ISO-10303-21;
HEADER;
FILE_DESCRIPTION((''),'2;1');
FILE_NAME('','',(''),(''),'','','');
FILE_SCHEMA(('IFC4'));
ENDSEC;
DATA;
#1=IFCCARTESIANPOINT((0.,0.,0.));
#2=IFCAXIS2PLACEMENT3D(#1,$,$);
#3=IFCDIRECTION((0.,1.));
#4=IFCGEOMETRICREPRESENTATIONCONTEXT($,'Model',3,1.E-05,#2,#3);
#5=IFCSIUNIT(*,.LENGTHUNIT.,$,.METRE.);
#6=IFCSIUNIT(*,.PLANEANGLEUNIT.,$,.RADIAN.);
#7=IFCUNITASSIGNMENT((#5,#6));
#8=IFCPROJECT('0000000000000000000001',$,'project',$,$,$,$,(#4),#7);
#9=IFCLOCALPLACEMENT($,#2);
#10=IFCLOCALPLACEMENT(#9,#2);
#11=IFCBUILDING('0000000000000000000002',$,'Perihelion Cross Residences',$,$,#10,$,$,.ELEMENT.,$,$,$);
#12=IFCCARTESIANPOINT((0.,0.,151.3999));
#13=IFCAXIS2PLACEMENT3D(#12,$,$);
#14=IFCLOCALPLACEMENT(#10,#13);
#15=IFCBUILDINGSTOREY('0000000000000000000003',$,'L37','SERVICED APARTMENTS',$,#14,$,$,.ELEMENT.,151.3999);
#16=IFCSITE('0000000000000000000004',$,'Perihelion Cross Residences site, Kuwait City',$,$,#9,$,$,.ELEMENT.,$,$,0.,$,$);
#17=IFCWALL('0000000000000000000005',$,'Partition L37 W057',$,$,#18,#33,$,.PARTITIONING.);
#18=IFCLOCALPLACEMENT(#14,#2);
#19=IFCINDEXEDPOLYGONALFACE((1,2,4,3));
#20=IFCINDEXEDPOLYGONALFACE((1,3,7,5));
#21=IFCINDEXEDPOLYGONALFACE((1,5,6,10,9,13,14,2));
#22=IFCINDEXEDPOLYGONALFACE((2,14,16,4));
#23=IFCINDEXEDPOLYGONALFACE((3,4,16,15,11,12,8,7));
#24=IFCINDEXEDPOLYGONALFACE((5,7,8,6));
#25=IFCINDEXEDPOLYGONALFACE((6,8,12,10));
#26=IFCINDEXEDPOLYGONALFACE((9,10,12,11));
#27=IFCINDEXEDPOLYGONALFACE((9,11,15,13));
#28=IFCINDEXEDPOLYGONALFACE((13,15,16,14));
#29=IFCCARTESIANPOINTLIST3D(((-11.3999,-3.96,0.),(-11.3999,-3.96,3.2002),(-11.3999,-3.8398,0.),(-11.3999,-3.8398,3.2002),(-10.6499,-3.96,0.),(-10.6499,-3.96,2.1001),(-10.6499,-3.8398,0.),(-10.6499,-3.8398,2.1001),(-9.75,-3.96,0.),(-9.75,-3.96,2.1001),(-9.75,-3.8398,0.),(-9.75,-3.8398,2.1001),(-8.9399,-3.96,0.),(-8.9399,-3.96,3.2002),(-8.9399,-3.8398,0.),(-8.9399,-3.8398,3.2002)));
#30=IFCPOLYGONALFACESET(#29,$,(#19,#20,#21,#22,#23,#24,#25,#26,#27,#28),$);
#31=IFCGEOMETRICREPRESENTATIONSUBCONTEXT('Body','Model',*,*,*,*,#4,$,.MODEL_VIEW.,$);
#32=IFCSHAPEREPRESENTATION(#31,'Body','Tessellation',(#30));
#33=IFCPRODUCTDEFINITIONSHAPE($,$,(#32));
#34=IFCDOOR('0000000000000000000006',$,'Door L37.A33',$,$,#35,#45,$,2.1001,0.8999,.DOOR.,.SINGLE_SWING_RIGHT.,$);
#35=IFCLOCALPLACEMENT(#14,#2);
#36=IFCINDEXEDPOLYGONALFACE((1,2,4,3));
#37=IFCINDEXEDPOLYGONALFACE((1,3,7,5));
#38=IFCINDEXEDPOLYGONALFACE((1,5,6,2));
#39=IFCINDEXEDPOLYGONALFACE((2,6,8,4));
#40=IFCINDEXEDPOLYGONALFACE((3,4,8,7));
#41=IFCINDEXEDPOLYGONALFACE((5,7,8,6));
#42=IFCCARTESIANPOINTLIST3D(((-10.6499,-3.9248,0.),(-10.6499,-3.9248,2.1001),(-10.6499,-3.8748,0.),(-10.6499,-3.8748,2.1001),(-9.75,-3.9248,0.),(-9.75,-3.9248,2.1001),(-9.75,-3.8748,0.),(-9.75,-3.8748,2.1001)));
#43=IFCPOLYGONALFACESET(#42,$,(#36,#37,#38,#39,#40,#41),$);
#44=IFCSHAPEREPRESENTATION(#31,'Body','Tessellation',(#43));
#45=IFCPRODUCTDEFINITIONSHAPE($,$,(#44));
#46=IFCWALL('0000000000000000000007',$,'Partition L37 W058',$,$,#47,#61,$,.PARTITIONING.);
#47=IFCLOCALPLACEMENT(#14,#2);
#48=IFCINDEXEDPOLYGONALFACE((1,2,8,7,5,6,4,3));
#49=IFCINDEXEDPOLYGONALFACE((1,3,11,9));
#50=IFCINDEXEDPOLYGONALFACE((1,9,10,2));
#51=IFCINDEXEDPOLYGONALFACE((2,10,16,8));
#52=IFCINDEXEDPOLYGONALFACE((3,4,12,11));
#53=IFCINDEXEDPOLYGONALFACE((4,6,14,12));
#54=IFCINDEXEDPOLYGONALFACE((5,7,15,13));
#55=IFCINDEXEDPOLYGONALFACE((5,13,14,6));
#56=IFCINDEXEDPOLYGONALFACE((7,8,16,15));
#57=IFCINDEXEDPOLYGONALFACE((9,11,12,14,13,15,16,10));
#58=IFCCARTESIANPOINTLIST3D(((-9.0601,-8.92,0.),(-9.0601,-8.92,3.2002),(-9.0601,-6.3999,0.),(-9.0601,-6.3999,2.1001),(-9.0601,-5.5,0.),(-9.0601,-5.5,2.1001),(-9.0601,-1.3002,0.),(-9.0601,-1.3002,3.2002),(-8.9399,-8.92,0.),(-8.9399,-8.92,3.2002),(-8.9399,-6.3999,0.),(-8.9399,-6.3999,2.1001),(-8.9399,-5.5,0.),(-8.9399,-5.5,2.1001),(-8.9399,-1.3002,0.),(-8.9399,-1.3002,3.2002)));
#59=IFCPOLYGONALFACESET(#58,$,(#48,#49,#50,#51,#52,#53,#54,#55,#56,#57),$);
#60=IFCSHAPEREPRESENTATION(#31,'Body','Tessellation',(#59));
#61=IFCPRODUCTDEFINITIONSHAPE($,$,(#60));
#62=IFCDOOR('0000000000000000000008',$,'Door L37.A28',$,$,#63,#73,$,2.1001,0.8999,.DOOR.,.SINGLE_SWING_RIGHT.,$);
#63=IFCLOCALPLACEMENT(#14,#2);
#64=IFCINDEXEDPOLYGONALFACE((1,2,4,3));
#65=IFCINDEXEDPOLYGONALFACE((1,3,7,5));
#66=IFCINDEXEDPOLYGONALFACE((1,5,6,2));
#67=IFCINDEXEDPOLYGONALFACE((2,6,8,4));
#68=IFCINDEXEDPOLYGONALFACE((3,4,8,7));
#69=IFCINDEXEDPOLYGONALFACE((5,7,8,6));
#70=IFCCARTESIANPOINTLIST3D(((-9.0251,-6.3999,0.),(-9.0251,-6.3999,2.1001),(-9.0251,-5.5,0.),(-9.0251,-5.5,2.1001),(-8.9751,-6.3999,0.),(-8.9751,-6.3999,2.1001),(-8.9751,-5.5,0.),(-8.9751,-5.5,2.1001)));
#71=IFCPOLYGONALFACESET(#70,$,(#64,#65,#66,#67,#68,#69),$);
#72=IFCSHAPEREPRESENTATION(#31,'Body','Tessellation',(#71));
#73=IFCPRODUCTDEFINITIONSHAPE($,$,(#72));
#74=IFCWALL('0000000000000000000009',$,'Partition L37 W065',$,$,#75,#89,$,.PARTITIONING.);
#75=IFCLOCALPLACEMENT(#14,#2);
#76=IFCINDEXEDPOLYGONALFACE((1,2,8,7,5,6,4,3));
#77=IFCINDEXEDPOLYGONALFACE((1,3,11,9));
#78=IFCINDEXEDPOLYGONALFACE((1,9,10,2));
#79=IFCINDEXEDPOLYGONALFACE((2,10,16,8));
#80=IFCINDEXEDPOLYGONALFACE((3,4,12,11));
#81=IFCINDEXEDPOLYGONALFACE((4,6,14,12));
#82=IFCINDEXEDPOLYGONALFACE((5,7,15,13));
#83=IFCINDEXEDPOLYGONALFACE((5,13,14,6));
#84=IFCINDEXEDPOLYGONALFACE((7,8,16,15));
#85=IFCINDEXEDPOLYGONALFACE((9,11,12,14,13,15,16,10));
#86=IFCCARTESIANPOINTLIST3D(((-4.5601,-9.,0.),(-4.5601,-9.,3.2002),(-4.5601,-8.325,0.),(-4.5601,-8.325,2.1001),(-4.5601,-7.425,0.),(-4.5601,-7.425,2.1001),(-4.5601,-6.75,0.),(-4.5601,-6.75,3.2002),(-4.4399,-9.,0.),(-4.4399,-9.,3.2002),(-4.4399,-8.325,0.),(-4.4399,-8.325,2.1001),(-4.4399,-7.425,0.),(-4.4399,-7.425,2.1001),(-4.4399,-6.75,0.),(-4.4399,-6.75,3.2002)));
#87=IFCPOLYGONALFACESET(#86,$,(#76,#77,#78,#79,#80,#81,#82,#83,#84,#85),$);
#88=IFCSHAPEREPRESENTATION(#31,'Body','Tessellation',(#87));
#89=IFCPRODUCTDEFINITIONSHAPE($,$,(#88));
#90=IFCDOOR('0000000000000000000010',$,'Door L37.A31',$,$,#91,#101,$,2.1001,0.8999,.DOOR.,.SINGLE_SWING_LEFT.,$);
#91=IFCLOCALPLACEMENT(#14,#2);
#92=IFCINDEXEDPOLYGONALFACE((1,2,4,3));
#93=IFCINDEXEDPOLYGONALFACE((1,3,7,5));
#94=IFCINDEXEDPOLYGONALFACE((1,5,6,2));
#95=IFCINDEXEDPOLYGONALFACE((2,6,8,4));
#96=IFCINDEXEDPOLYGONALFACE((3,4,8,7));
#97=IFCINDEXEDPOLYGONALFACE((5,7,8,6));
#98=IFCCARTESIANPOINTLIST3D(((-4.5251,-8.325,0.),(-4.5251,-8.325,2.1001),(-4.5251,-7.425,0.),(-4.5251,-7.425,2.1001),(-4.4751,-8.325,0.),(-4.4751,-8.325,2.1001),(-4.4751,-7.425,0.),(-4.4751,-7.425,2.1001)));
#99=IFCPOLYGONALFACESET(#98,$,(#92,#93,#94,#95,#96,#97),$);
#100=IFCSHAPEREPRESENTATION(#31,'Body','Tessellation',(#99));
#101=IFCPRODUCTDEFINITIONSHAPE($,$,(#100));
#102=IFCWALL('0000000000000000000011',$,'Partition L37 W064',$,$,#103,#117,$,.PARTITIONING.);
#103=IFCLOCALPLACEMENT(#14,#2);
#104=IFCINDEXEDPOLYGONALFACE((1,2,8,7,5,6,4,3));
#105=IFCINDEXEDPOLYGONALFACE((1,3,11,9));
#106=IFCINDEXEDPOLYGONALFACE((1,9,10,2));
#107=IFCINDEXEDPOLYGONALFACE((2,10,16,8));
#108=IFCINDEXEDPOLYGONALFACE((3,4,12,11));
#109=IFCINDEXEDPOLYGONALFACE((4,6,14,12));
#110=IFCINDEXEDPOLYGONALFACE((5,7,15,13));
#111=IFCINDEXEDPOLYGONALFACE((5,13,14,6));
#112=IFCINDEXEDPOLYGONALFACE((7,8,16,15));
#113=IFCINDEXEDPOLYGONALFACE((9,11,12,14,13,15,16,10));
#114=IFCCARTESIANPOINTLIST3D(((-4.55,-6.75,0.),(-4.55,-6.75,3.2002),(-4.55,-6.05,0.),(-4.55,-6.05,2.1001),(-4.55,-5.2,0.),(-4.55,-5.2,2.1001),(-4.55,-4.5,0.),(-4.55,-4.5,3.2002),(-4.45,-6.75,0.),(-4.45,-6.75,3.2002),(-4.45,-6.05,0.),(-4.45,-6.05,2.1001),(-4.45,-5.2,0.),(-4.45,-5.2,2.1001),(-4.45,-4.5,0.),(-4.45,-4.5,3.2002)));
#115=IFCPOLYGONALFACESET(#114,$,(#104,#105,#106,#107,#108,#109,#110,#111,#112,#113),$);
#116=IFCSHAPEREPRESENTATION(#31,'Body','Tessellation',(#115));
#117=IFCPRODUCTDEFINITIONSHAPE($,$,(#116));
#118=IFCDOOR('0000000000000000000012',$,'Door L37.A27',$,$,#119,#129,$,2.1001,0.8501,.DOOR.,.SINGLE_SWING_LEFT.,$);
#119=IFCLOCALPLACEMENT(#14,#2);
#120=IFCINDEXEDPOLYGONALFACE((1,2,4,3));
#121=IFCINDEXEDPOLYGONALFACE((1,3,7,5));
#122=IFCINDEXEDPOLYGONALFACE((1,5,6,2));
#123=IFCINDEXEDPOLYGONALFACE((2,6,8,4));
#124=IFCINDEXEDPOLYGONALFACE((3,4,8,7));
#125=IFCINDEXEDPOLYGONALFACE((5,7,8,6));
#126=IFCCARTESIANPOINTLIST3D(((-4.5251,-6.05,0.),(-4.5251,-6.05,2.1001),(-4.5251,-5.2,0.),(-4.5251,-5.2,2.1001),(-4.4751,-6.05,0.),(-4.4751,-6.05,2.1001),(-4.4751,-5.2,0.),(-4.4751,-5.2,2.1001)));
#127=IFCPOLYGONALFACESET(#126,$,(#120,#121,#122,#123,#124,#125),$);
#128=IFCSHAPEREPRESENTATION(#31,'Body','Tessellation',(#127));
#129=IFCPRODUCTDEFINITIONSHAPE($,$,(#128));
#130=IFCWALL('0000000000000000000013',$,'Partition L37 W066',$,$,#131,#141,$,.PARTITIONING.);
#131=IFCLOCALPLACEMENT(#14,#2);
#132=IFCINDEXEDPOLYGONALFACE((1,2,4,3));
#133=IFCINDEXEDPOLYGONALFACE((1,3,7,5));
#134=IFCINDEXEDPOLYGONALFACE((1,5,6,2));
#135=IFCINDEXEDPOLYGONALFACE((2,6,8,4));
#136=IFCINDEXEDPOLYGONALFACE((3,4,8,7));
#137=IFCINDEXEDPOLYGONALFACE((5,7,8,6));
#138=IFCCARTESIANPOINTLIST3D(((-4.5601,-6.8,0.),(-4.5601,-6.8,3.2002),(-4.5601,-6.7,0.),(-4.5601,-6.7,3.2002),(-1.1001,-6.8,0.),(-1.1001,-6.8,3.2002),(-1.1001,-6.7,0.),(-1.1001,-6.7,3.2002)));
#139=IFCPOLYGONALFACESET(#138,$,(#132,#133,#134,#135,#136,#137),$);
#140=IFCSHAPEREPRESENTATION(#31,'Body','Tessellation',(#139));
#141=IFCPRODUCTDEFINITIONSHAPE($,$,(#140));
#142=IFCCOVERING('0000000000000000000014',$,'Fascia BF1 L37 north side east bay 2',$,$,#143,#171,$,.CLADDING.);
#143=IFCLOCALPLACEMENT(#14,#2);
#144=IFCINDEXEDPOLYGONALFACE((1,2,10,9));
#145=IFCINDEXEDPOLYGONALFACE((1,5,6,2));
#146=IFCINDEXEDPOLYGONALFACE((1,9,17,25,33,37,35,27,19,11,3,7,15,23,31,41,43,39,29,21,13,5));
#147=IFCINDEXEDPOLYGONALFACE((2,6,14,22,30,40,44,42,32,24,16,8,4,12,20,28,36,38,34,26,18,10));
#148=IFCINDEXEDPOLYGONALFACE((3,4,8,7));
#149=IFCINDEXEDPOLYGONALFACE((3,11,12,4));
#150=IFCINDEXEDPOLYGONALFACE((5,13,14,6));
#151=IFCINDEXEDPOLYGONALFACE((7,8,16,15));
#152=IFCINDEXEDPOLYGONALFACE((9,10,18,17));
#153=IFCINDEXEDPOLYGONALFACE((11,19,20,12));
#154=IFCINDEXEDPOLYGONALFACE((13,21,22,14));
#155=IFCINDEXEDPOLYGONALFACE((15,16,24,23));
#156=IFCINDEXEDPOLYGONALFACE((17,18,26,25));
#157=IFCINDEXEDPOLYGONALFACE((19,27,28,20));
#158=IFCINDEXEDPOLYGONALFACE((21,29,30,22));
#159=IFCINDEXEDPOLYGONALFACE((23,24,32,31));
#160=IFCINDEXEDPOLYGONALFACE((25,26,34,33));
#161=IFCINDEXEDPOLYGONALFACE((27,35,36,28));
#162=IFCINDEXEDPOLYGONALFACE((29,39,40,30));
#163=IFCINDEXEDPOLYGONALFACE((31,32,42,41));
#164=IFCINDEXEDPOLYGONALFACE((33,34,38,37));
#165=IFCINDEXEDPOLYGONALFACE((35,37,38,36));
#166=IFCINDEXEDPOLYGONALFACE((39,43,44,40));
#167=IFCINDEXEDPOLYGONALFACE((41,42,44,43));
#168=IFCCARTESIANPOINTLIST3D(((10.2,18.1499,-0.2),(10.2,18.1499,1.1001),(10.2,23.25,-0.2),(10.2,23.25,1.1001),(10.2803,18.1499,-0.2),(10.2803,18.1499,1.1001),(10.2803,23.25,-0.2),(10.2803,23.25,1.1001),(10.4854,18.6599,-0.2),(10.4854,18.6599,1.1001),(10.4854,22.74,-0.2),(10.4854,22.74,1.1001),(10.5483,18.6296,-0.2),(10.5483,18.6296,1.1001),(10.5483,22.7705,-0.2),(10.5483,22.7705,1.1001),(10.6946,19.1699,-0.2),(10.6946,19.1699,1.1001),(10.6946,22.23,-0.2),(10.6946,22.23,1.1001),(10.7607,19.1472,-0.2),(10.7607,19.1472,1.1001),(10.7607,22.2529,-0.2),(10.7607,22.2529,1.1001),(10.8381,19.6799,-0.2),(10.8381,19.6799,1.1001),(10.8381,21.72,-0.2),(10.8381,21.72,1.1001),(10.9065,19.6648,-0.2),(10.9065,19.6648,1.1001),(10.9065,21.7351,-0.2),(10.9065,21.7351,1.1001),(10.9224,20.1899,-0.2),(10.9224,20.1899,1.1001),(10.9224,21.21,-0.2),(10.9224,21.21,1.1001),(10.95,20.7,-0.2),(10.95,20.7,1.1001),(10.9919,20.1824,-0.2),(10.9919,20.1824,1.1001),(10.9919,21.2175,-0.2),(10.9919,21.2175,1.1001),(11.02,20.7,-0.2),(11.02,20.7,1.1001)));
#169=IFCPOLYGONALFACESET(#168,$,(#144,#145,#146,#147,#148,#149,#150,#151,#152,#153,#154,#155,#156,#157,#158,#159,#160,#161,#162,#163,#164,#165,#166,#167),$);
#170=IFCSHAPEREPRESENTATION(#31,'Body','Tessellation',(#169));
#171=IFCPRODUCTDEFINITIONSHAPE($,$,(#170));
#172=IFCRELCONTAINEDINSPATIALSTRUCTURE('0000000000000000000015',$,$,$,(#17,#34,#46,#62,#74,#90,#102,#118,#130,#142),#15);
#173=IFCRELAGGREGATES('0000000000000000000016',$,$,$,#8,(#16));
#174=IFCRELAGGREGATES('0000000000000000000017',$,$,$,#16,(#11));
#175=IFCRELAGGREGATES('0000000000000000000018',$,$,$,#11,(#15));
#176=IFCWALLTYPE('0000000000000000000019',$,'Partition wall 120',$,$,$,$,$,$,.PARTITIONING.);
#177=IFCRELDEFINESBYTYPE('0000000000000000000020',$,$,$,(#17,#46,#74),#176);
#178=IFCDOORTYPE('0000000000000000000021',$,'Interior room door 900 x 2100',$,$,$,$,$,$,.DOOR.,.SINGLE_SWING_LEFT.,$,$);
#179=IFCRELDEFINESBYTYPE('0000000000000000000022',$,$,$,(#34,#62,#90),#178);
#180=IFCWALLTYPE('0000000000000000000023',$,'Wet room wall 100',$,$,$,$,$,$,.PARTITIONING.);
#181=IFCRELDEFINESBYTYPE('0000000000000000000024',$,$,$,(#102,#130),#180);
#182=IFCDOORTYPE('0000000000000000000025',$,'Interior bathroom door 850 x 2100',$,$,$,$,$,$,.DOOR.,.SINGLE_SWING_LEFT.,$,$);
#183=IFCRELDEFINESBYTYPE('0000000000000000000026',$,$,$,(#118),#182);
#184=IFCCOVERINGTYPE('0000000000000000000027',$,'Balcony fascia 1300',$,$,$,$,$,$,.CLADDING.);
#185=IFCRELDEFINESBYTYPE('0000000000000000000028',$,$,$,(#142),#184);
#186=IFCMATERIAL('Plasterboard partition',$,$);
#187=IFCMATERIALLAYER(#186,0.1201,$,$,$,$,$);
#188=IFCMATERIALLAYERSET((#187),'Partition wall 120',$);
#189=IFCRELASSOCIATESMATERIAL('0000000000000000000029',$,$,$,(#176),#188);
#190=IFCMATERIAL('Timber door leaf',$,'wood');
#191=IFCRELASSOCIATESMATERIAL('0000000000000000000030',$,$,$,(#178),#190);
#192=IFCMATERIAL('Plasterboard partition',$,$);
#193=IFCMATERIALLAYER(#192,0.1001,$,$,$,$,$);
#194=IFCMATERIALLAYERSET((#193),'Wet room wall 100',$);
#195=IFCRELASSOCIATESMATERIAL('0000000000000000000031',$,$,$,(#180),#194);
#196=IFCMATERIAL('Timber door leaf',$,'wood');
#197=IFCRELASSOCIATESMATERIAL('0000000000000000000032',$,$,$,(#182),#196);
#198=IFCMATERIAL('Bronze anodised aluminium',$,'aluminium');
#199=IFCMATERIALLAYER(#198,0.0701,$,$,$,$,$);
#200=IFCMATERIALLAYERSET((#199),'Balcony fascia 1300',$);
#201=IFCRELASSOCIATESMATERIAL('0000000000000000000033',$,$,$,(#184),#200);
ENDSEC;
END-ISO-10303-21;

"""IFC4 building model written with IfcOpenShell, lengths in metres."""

from ifc_helpers import new_model, si_unit, direction, frame, frame_2d, origin, place, context, subcontext, project, spatial, polyline, rectangle, outline, extrude, material, layer, layer_set, type_object, element, fill, save


model = new_model("IFC4")

# Units and contexts
model_context = context("Model", 3, precision=1e-05, world=origin(), true_north=direction((0.0, 1.0)))
body_context = subcontext(model_context, "Body", "Model", "MODEL_VIEW")
ifc_project = project(units=[si_unit("LENGTHUNIT", "METRE"), si_unit("PLANEANGLEUNIT", "RADIAN")], contexts=[model_context])

# Site, building, storey
site_placement = place(None, origin())
site = spatial("IfcSite", under=ifc_project, at=site_placement, Name="Perihelion Cross Residences site, Kuwait City", CompositionType="ELEMENT", RefElevation=0.0)
building_placement = place(site_placement, origin())
building = spatial("IfcBuilding", under=site, at=building_placement, Name="Perihelion Cross Residences", CompositionType="ELEMENT")
storey_placement = place(building_placement, frame((0.0, 0.0, 151.3999)))
storey = spatial("IfcBuildingStorey", under=building, at=storey_placement, Name="L37", Description="SERVICED APARTMENTS", CompositionType="ELEMENT", Elevation=151.3999)

# Shared definitions
ifc_material_1 = material(Name="Plasterboard partition")
ifc_layer_1 = layer(ifc_material_1, 0.1201)
ifc_layer_set_1 = layer_set([ifc_layer_1], Name="Partition wall 120")
wall_type_1 = type_object("IfcWallType", Name="Partition wall 120", PredefinedType="PARTITIONING", material=ifc_layer_set_1)

# Walls, openings, doors
wall_1_placement = place(storey_placement, frame((-8.9399, -3.8999, 0.0), z_axis=(0.0, 0.0, 1.0), x_axis=(-1.0, 0.0, 0.0)))
wall_1 = element("IfcWall", 1, at=wall_1_placement, inside=storey, type_object=wall_type_1, Name="Partition L37 W057", PredefinedType="PARTITIONING", context=body_context, shape_type="SweptSolid", body=[
    extrude(rectangle(XDim=2.46, YDim=0.1201, at=frame_2d((1.23, 0.0))), origin(), (0.0, 0.0, 1.0), 3.2002),
])
opening_1_placement = place(wall_1_placement, frame((0.8101, 0.0, 0.0)))
opening_1 = element("IfcOpeningElement", 2, at=opening_1_placement, cuts=wall_1, PredefinedType="OPENING", context=body_context, shape_type="SweptSolid", body=[
    extrude(rectangle(XDim=0.8999, YDim=2.1001, at=frame_2d((0.45, 1.05))), frame((0.0, 0.0701, 0.0), z_axis=(0.0, -1.0, 0.0), x_axis=(1.0, 0.0, 0.0)), (0.0, 0.0, 1.0), 0.1401),
])
ifc_material_2 = material(Name="Timber door leaf", Category="wood")
door_type_1 = type_object("IfcDoorType", Name="Interior room door 900 x 2100", OperationType="SINGLE_SWING_LEFT", PredefinedType="DOOR", material=ifc_material_2)
door_1_placement = place(opening_1_placement, origin())
door_1 = element("IfcDoor", 3, at=door_1_placement, inside=storey, type_object=door_type_1, Name="Door L37.A33", OperationType="SINGLE_SWING_RIGHT", OverallHeight=2.1001, OverallWidth=0.8999, PredefinedType="DOOR", context=body_context, shape_type="SweptSolid", body=[
    extrude(rectangle(XDim=0.8999, YDim=2.1001, at=frame_2d((0.45, 1.05))), frame((0.0, 0.0249, 0.0), z_axis=(0.0, -1.0, 0.0), x_axis=(1.0, 0.0, 0.0)), (0.0, 0.0, 1.0), 0.05),
])
fill(opening_1, door_1)
wall_2_placement = place(storey_placement, frame((-9.0, -1.3, 0.0), z_axis=(0.0, 0.0, 1.0), x_axis=(0.0, -1.0, 0.0)))
wall_2 = element("IfcWall", 4, at=wall_2_placement, inside=storey, type_object=wall_type_1, Name="Partition L37 W058", PredefinedType="PARTITIONING", context=body_context, shape_type="SweptSolid", body=[
    extrude(rectangle(XDim=7.6199, YDim=0.1201, at=frame_2d((3.8101, 0.0))), origin(), (0.0, 0.0, 1.0), 3.2002),
])
opening_2_placement = place(wall_2_placement, frame((4.2, 0.0, 0.0)))
opening_2 = element("IfcOpeningElement", 5, at=opening_2_placement, cuts=wall_2, PredefinedType="OPENING", context=body_context, shape_type="SweptSolid", body=[
    extrude(rectangle(XDim=0.8999, YDim=2.1001, at=frame_2d((0.45, 1.05))), frame((0.0, 0.0701, 0.0), z_axis=(0.0, -1.0, 0.0), x_axis=(1.0, 0.0, 0.0)), (0.0, 0.0, 1.0), 0.1401),
])
door_2_placement = place(opening_2_placement, origin())
door_2 = element("IfcDoor", 6, at=door_2_placement, inside=storey, type_object=door_type_1, Name="Door L37.A28", OperationType="SINGLE_SWING_RIGHT", OverallHeight=2.1001, OverallWidth=0.8999, PredefinedType="DOOR", context=body_context, shape_type="SweptSolid", body=[
    extrude(rectangle(XDim=0.8999, YDim=2.1001, at=frame_2d((0.45, 1.05))), frame((0.0, 0.0249, 0.0), z_axis=(0.0, -1.0, 0.0), x_axis=(1.0, 0.0, 0.0)), (0.0, 0.0, 1.0), 0.05),
])
fill(opening_2, door_2)
wall_3_placement = place(storey_placement, frame((-4.5, -6.75, 0.0), z_axis=(0.0, 0.0, 1.0), x_axis=(0.0, -1.0, 0.0)))
wall_3 = element("IfcWall", 7, at=wall_3_placement, inside=storey, type_object=wall_type_1, Name="Partition L37 W065", PredefinedType="PARTITIONING", context=body_context, shape_type="SweptSolid", body=[
    extrude(rectangle(XDim=2.25, YDim=0.1201, at=frame_2d((1.125, 0.0))), origin(), (0.0, 0.0, 1.0), 3.2002),
])
opening_3_placement = place(wall_3_placement, frame((0.675, 0.0, 0.0)))
opening_3 = element("IfcOpeningElement", 8, at=opening_3_placement, cuts=wall_3, PredefinedType="OPENING", context=body_context, shape_type="SweptSolid", body=[
    extrude(rectangle(XDim=0.8999, YDim=2.1001, at=frame_2d((0.45, 1.05))), frame((0.0, 0.0701, 0.0), z_axis=(0.0, -1.0, 0.0), x_axis=(1.0, 0.0, 0.0)), (0.0, 0.0, 1.0), 0.1401),
])
door_3_placement = place(opening_3_placement, origin())
door_3 = element("IfcDoor", 9, at=door_3_placement, inside=storey, type_object=door_type_1, Name="Door L37.A31", OperationType="SINGLE_SWING_LEFT", OverallHeight=2.1001, OverallWidth=0.8999, PredefinedType="DOOR", context=body_context, shape_type="SweptSolid", body=[
    extrude(rectangle(XDim=0.8999, YDim=2.1001, at=frame_2d((0.45, 1.05))), frame((0.0, 0.0249, 0.0), z_axis=(0.0, -1.0, 0.0), x_axis=(1.0, 0.0, 0.0)), (0.0, 0.0, 1.0), 0.05),
])
fill(opening_3, door_3)
ifc_material_3 = material(Name="Plasterboard partition")
ifc_layer_2 = layer(ifc_material_3, 0.1001)
ifc_layer_set_2 = layer_set([ifc_layer_2], Name="Wet room wall 100")
wall_type_2 = type_object("IfcWallType", Name="Wet room wall 100", PredefinedType="PARTITIONING", material=ifc_layer_set_2)
wall_4_placement = place(storey_placement, frame((-4.5, -4.5, 0.0), z_axis=(0.0, 0.0, 1.0), x_axis=(0.0, -1.0, 0.0)))
wall_4 = element("IfcWall", 10, at=wall_4_placement, inside=storey, type_object=wall_type_2, Name="Partition L37 W064", PredefinedType="PARTITIONING", context=body_context, shape_type="SweptSolid", body=[
    extrude(rectangle(XDim=2.25, YDim=0.1001, at=frame_2d((1.125, 0.0))), origin(), (0.0, 0.0, 1.0), 3.2002),
])
opening_4_placement = place(wall_4_placement, frame((0.7, 0.0, 0.0)))
opening_4 = element("IfcOpeningElement", 11, at=opening_4_placement, cuts=wall_4, PredefinedType="OPENING", context=body_context, shape_type="SweptSolid", body=[
    extrude(rectangle(XDim=0.8501, YDim=2.1001, at=frame_2d((0.425, 1.05))), frame((0.0, 0.0601, 0.0), z_axis=(0.0, -1.0, 0.0), x_axis=(1.0, 0.0, 0.0)), (0.0, 0.0, 1.0), 0.1201),
])
ifc_material_4 = material(Name="Timber door leaf", Category="wood")
door_type_2 = type_object("IfcDoorType", Name="Interior bathroom door 850 x 2100", OperationType="SINGLE_SWING_LEFT", PredefinedType="DOOR", material=ifc_material_4)
door_4_placement = place(opening_4_placement, origin())
door_4 = element("IfcDoor", 12, at=door_4_placement, inside=storey, type_object=door_type_2, Name="Door L37.A27", OperationType="SINGLE_SWING_LEFT", OverallHeight=2.1001, OverallWidth=0.8501, PredefinedType="DOOR", context=body_context, shape_type="SweptSolid", body=[
    extrude(rectangle(XDim=0.8501, YDim=2.1001, at=frame_2d((0.425, 1.05))), frame((0.0, 0.0249, 0.0), z_axis=(0.0, -1.0, 0.0), x_axis=(1.0, 0.0, 0.0)), (0.0, 0.0, 1.0), 0.05),
])
fill(opening_4, door_4)

# Wall
wall_5_placement = place(storey_placement, frame((-1.1001, -6.75, 0.0), z_axis=(0.0, 0.0, 1.0), x_axis=(-1.0, 0.0, 0.0)))
element("IfcWall", 13, at=wall_5_placement, inside=storey, type_object=wall_type_2, Name="Partition L37 W066", PredefinedType="PARTITIONING", context=body_context, shape_type="SweptSolid", body=[
    extrude(rectangle(XDim=3.46, YDim=0.1001, at=frame_2d((1.73, 0.0))), origin(), (0.0, 0.0, 1.0), 3.2002),
])

# Covering
ifc_material_5 = material(Name="Bronze anodised aluminium", Category="aluminium")
ifc_layer_3 = layer(ifc_material_5, 0.0701)
ifc_layer_set_3 = layer_set([ifc_layer_3], Name="Balcony fascia 1300")
covering_type = type_object("IfcCoveringType", Name="Balcony fascia 1300", PredefinedType="CLADDING", material=ifc_layer_set_3)
covering_1_placement = place(storey_placement, frame((0.0, 0.0, -0.2)))
element("IfcCovering", 14, at=covering_1_placement, inside=storey, type_object=covering_type, Name="Fascia BF1 L37 north side east bay 2", PredefinedType="CLADDING", context=body_context, shape_type="SweptSolid", body=[
    extrude(outline(polyline([(10.5483, 18.6296), (10.7607, 19.1472), (10.9065, 19.6648), (10.9919, 20.1824), (11.02, 20.7), (10.9919, 21.2175), (10.9065, 21.7351), (10.7607, 22.2529), (10.5483, 22.7705), (10.2803, 23.25), (10.2, 23.25), (10.4854, 22.74), (10.6946, 22.23), (10.8381, 21.72), (10.9224, 21.21), (10.95, 20.7), (10.9224, 20.1899), (10.8381, 19.6799), (10.6946, 19.1699), (10.4854, 18.6599), (10.2, 18.1499), (10.2803, 18.1499), (10.5483, 18.6296)])), origin(), (0.0, 0.0, 1.0), 1.3),
])

save(model, "model.ifc")
